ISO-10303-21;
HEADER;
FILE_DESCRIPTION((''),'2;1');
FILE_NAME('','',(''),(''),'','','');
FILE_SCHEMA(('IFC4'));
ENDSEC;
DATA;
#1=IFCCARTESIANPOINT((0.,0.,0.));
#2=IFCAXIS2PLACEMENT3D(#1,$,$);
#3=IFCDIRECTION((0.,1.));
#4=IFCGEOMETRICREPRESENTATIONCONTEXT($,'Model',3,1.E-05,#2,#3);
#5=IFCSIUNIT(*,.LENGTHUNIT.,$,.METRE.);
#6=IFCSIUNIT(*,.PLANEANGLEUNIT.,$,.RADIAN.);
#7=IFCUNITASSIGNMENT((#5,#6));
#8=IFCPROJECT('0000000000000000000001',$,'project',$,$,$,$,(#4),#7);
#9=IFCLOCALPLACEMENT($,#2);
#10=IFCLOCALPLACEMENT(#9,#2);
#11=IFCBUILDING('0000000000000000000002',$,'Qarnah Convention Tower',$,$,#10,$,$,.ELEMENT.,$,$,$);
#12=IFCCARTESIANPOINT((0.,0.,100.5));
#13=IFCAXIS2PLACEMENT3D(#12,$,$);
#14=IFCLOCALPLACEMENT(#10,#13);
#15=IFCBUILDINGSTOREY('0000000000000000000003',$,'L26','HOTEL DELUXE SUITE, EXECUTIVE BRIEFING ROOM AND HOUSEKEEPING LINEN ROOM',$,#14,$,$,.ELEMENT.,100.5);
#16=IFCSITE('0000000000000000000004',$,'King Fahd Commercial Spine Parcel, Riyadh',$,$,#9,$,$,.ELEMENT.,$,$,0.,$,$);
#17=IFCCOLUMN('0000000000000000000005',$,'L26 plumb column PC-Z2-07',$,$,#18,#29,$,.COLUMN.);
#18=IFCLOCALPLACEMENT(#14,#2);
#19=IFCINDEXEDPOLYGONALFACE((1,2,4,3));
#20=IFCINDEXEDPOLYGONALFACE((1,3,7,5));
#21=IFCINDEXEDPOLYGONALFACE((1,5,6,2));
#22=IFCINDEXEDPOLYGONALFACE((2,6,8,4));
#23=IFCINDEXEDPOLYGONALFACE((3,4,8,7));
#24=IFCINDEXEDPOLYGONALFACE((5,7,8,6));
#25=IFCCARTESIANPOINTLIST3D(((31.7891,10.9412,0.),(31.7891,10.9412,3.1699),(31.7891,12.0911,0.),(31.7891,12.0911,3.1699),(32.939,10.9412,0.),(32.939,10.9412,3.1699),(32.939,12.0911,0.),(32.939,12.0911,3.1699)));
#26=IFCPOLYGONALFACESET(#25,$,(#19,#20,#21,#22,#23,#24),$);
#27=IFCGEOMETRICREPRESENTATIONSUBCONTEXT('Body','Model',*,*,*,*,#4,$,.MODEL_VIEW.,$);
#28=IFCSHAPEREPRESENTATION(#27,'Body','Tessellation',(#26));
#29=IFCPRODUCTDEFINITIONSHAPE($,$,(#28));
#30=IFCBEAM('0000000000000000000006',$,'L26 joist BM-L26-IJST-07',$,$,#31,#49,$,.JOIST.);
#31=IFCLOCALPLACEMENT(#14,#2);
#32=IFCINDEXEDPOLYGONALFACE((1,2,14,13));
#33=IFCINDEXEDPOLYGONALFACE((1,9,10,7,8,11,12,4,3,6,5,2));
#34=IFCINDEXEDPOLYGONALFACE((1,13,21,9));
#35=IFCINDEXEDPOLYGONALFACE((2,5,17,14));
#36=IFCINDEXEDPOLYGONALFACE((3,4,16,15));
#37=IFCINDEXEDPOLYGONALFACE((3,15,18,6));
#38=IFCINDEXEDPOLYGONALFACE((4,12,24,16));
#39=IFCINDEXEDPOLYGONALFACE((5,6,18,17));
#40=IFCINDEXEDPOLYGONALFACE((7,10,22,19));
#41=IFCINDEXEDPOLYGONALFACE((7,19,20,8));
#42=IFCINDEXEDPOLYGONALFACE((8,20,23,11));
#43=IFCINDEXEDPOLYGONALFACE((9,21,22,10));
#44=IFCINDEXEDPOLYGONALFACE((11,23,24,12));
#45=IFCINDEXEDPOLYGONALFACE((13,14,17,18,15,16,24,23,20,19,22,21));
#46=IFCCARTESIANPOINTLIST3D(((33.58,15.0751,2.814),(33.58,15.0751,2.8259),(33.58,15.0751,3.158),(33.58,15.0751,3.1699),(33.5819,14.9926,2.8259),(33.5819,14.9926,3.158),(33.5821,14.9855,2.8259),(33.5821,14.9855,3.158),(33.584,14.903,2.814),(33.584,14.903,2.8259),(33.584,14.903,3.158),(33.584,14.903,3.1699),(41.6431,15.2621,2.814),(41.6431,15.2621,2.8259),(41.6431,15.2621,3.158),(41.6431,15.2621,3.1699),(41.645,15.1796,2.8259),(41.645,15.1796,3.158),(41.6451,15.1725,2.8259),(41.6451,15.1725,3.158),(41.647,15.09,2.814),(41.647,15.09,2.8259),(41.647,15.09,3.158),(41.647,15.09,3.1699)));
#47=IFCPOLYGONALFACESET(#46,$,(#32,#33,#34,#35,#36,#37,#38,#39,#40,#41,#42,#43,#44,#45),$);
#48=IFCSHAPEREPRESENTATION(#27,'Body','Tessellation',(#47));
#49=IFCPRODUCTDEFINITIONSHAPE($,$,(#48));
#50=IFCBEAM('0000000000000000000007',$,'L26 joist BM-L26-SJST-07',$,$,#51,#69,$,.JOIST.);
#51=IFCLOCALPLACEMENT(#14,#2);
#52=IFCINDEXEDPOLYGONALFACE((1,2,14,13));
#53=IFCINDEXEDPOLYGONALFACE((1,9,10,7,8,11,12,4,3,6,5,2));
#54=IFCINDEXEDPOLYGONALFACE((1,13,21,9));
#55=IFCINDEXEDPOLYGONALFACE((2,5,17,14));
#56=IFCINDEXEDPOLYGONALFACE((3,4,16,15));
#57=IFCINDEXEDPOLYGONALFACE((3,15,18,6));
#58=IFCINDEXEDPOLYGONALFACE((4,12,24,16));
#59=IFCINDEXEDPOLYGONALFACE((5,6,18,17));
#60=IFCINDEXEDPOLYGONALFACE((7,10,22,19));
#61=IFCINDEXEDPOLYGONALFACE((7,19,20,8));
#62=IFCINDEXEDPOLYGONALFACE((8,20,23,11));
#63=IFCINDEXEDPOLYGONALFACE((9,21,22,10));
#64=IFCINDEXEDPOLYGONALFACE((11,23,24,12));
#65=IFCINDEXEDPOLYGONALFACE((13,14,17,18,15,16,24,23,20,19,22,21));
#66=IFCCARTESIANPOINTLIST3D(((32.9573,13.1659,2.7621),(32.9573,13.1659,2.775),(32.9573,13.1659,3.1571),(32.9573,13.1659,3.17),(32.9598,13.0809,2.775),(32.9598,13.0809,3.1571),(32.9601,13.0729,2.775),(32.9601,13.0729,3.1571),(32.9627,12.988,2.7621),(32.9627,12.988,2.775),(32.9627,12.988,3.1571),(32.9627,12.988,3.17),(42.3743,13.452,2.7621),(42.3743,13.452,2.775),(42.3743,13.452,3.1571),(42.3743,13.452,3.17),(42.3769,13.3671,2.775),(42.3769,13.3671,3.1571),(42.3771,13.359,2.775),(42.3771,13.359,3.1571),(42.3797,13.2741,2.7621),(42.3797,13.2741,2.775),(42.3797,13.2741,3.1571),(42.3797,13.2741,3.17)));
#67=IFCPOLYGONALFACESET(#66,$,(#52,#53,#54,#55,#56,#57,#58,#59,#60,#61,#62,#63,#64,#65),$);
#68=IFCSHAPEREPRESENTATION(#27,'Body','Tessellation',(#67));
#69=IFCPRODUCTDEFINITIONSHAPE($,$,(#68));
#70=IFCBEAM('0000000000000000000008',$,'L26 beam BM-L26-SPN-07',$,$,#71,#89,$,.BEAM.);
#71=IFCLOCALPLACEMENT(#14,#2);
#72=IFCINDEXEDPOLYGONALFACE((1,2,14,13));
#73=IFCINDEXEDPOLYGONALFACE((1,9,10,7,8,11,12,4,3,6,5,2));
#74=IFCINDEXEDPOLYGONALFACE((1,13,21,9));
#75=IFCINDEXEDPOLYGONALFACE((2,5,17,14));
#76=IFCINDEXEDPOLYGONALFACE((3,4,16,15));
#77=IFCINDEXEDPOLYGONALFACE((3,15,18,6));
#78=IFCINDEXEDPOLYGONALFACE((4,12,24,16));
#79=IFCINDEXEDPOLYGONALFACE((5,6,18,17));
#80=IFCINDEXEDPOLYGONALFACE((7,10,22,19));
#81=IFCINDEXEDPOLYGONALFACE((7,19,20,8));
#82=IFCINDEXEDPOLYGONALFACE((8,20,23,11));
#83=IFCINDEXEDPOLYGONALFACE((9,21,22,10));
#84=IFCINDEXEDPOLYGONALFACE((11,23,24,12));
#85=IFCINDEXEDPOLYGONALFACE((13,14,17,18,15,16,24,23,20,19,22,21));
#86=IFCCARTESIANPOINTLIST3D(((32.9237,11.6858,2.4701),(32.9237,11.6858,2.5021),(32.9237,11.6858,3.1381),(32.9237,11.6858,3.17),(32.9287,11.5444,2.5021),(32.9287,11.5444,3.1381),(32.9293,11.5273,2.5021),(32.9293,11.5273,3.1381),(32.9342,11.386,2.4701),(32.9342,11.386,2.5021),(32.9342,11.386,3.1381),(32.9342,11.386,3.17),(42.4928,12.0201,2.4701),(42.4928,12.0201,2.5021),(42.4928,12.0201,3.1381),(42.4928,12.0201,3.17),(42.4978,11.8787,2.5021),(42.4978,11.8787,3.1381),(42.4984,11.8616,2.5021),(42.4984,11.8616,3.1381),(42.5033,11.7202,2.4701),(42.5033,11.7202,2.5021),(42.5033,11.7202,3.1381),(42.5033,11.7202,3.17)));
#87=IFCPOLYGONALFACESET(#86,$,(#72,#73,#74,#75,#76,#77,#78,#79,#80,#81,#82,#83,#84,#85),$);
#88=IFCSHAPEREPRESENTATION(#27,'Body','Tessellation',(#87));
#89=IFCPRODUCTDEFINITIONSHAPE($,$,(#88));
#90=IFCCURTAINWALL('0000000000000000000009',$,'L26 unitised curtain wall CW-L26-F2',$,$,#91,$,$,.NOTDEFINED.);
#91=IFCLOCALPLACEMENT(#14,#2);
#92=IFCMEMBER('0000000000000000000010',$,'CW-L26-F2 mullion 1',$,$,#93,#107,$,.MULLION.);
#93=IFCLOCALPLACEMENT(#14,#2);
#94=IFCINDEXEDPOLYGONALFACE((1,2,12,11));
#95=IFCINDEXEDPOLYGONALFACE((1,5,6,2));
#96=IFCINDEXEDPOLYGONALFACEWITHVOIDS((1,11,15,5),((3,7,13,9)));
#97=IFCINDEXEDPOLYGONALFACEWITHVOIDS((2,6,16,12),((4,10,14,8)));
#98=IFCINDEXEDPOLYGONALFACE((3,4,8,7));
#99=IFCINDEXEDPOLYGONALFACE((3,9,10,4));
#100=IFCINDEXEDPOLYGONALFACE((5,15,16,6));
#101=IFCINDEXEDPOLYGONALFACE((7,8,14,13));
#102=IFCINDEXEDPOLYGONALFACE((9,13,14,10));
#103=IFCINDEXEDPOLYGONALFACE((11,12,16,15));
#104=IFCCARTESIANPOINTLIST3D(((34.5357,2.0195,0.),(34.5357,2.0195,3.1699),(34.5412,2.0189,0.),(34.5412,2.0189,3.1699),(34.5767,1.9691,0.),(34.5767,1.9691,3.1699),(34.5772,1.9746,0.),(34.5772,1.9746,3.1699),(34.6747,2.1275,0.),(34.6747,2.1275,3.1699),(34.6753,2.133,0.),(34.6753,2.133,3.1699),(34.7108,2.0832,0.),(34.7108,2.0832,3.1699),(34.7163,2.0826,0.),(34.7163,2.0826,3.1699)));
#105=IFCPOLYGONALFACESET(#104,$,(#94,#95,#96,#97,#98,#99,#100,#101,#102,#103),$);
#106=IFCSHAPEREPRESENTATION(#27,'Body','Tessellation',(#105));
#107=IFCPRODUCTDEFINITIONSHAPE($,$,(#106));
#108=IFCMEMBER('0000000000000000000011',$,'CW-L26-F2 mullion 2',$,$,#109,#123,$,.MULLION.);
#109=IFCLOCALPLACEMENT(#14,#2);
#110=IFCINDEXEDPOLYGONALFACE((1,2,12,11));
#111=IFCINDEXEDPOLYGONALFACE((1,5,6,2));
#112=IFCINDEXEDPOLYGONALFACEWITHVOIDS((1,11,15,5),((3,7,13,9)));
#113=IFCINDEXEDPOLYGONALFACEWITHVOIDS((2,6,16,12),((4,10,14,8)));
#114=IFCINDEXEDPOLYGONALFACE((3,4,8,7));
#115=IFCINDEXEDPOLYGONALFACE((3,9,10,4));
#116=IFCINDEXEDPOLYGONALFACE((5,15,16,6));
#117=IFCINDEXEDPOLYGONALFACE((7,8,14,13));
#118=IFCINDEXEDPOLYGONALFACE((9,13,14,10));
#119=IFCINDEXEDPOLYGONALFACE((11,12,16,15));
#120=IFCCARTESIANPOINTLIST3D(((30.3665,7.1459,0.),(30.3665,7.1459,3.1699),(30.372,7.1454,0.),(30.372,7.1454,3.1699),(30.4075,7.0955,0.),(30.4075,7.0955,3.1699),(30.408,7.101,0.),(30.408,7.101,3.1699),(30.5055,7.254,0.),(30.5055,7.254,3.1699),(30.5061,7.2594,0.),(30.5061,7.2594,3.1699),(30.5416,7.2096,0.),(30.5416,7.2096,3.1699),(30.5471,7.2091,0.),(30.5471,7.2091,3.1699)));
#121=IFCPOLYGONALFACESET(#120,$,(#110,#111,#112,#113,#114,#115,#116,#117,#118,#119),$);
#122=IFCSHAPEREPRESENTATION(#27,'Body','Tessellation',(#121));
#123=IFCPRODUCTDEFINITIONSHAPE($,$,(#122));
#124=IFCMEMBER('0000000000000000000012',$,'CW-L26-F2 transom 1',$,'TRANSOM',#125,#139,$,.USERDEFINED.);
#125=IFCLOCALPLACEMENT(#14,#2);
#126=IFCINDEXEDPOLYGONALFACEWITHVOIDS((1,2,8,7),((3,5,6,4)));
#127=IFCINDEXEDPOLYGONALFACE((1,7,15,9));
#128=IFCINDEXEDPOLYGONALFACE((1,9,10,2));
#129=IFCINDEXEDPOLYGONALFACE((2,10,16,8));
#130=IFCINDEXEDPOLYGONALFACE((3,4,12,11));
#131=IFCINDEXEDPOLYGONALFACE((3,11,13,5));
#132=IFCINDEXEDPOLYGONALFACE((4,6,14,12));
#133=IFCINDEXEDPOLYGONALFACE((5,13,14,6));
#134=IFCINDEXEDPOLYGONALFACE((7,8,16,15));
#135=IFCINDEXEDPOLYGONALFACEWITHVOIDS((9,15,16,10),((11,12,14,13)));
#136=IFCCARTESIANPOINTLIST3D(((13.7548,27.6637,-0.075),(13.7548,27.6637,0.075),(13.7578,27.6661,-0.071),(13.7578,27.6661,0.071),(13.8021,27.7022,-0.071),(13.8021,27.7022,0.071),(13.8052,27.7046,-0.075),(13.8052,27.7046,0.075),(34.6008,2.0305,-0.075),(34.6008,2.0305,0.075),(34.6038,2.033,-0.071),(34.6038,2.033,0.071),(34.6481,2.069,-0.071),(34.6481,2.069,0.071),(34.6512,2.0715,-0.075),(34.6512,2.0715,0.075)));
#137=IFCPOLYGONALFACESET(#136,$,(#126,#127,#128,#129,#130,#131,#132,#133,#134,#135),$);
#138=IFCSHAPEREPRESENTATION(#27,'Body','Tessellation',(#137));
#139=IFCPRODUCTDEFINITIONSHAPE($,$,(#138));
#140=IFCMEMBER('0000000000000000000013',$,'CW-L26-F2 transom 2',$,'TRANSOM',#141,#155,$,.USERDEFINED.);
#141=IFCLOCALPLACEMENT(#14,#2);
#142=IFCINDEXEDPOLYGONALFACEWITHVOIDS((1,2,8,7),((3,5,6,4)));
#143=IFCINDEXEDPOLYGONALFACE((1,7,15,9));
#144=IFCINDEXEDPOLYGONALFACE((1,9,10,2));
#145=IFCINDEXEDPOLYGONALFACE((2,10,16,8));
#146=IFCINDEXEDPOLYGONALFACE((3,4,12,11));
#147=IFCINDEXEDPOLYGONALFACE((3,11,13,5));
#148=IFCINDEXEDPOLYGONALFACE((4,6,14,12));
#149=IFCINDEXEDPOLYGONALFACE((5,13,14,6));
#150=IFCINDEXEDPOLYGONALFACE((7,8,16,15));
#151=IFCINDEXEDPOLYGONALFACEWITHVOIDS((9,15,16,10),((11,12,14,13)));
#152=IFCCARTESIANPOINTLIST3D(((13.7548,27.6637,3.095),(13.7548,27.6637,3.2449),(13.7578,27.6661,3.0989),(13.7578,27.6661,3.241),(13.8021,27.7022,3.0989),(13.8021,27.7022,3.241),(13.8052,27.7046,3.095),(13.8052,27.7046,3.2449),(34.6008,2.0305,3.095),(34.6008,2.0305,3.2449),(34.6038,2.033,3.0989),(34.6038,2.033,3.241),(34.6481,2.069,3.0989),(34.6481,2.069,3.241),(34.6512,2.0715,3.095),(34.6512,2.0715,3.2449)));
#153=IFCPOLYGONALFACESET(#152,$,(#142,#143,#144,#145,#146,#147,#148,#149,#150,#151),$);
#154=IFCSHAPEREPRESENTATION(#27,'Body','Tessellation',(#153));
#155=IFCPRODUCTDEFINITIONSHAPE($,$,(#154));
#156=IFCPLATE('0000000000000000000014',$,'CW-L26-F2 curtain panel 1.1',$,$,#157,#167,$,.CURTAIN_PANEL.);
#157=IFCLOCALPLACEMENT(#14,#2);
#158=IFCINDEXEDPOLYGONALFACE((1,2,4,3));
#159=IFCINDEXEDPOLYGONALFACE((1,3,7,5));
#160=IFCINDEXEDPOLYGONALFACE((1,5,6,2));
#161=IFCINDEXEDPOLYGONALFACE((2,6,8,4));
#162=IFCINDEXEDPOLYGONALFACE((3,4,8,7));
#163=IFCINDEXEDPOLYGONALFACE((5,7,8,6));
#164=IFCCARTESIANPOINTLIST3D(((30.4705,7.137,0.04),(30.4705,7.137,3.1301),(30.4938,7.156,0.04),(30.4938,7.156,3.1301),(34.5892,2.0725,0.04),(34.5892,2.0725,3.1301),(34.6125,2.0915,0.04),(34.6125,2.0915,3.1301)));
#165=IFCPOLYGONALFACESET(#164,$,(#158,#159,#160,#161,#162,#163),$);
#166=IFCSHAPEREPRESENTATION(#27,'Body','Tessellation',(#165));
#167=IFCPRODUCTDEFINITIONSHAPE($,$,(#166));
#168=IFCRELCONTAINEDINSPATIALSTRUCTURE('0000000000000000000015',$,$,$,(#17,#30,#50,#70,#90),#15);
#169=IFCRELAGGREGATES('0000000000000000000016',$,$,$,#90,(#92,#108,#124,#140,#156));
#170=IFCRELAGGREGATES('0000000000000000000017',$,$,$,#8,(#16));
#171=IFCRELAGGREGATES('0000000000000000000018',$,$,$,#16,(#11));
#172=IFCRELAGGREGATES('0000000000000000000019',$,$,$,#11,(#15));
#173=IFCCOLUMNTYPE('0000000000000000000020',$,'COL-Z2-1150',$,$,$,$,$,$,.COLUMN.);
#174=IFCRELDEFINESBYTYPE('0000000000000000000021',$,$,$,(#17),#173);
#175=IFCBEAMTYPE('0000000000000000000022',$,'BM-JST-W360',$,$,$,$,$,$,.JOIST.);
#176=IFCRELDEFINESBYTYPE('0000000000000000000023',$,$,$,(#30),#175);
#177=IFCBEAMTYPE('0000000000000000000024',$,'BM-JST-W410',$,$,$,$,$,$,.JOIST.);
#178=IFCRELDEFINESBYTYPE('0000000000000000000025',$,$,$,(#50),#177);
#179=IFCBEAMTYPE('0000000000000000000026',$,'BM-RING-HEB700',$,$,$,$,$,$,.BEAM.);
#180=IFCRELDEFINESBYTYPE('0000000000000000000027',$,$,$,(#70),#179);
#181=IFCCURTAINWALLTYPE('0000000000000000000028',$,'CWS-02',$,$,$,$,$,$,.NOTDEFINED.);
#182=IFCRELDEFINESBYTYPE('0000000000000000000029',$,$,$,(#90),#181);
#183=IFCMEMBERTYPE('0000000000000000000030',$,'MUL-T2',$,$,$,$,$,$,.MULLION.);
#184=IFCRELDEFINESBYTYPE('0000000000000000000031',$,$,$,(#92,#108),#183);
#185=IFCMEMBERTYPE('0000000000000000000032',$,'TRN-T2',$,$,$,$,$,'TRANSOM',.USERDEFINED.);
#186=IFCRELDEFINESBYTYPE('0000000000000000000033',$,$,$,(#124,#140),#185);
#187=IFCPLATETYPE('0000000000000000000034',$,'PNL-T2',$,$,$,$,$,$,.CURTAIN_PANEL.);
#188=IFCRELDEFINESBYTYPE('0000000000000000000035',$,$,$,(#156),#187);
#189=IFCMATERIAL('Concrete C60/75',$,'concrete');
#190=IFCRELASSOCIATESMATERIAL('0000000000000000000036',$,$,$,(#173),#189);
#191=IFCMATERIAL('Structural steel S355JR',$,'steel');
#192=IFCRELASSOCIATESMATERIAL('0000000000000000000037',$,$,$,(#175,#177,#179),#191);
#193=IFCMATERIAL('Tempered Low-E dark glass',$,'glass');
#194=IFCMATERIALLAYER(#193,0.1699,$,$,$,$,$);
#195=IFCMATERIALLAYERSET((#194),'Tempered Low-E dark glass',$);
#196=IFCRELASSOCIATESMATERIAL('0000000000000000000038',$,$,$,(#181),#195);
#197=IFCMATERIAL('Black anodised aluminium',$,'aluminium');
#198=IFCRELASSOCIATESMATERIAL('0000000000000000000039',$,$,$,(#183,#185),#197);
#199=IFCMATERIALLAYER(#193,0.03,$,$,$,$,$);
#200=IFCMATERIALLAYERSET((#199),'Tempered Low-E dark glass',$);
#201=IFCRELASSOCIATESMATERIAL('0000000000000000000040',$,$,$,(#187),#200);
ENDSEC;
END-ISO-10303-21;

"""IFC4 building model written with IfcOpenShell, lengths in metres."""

from ifc_helpers import new_model, si_unit, direction, frame, origin, origin_2d, place, context, subcontext, project, spatial, rectangle, hollow_rectangle, i_section, extrude, material, layer, layer_set, material_profile, profile_set, type_object, element, aggregate, save


model = new_model("IFC4")

# Units and contexts
model_context = context("Model", 3, precision=1e-05, world=origin(), true_north=direction((0.0, 1.0)))
body_context = subcontext(model_context, "Body", "Model", "MODEL_VIEW")
ifc_project = project(units=[si_unit("LENGTHUNIT", "METRE"), si_unit("PLANEANGLEUNIT", "RADIAN")], contexts=[model_context])

# Site, building, storey
site_placement = place(None, origin())
site = spatial("IfcSite", under=ifc_project, at=site_placement, Name="King Fahd Commercial Spine Parcel, Riyadh", CompositionType="ELEMENT", RefElevation=0.0)
building_placement = place(site_placement, origin())
building = spatial("IfcBuilding", under=site, at=building_placement, Name="Qarnah Convention Tower", CompositionType="ELEMENT")
storey_placement = place(building_placement, frame((0.0, 0.0, 100.5)))
storey = spatial("IfcBuildingStorey", under=building, at=storey_placement, Name="L26", Description="HOTEL DELUXE SUITE, EXECUTIVE BRIEFING ROOM AND HOUSEKEEPING LINEN ROOM", CompositionType="ELEMENT", Elevation=100.5)

# Column
ifc_material_1 = material(Name="Concrete C60/75", Category="concrete")
ifc_material_profile_1 = material_profile(ifc_material_1, rectangle(XDim=1.1499, YDim=1.1499, at=origin_2d()), Name="RC-COL-1150X1150")
ifc_profile_set_1 = profile_set([ifc_material_profile_1], Name="Concrete C60/75")
column_type = type_object("IfcColumnType", Name="COL-Z2-1150", PredefinedType="COLUMN", material=ifc_profile_set_1)
column_placement = place(storey_placement, frame((32.364, 11.5161, 0.0), z_axis=(0.0, 0.0, 1.0), x_axis=(1.0, 0.0, 0.0)))
element("IfcColumn", 1, at=column_placement, inside=storey, type_object=column_type, Name="L26 plumb column PC-Z2-07", PredefinedType="COLUMN", context=body_context, shape_type="SweptSolid", body=[
    extrude(rectangle(XDim=1.1499, YDim=1.1499, at=origin_2d()), origin(), (0.0, 0.0, 1.0), 3.1699),
])

# Beams
ifc_material_2 = material(Name="Structural steel S355JR", Category="steel")
ifc_material_profile_2 = material_profile(ifc_material_2, i_section(OverallWidth=0.1721, OverallDepth=0.356, WebThickness=0.0071, FlangeThickness=0.012, at=origin_2d()), Name="W360X51")
ifc_profile_set_2 = profile_set([ifc_material_profile_2], Name="Structural steel S355JR")
beam_type_1 = type_object("IfcBeamType", Name="BM-JST-W360", PredefinedType="JOIST", material=ifc_profile_set_2)
beam_1_placement = place(storey_placement, frame((33.582, 14.989, 2.9919), z_axis=(0.999731, 0.023188, 0.0), x_axis=(-0.023188, 0.999731, 0.0)))
element("IfcBeam", 2, at=beam_1_placement, inside=storey, type_object=beam_type_1, Name="L26 joist BM-L26-IJST-07", PredefinedType="JOIST", context=body_context, shape_type="SweptSolid", body=[
    extrude(i_section(OverallWidth=0.1721, OverallDepth=0.356, WebThickness=0.0071, FlangeThickness=0.012, at=origin_2d()), origin(), (0.0, 0.0, 1.0), 8.0652),
])
ifc_material_profile_3 = material_profile(ifc_material_2, i_section(OverallWidth=0.178, OverallDepth=0.408, WebThickness=0.0081, FlangeThickness=0.0129, at=origin_2d()), Name="W410X60")
ifc_profile_set_3 = profile_set([ifc_material_profile_3], Name="Structural steel S355JR")
beam_type_2 = type_object("IfcBeamType", Name="BM-JST-W410", PredefinedType="JOIST", material=ifc_profile_set_3)
beam_2_placement = place(storey_placement, frame((32.96, 13.0769, 2.9661), z_axis=(0.999539, 0.030371, 0.0), x_axis=(-0.030371, 0.999539, 0.0)))
element("IfcBeam", 3, at=beam_2_placement, inside=storey, type_object=beam_type_2, Name="L26 joist BM-L26-SJST-07", PredefinedType="JOIST", context=body_context, shape_type="SweptSolid", body=[
    extrude(i_section(OverallWidth=0.178, OverallDepth=0.408, WebThickness=0.0081, FlangeThickness=0.0129, at=origin_2d()), origin(), (0.0, 0.0, 1.0), 9.4214),
])
ifc_material_profile_4 = material_profile(ifc_material_2, i_section(OverallWidth=0.3, OverallDepth=0.7, WebThickness=0.0171, FlangeThickness=0.032, at=origin_2d()), Name="HEB700")
ifc_profile_set_4 = profile_set([ifc_material_profile_4], Name="Structural steel S355JR")
beam_type_3 = type_object("IfcBeamType", Name="BM-RING-HEB700", PredefinedType="BEAM", material=ifc_profile_set_4)
beam_3_placement = place(storey_placement, frame((32.929, 11.5359, 2.8201), z_axis=(0.999391, 0.034907, 0.0), x_axis=(-0.034907, 0.999391, 0.0)))
element("IfcBeam", 4, at=beam_3_placement, inside=storey, type_object=beam_type_3, Name="L26 beam BM-L26-SPN-07", PredefinedType="BEAM", context=body_context, shape_type="SweptSolid", body=[
    extrude(i_section(OverallWidth=0.3, OverallDepth=0.7, WebThickness=0.0171, FlangeThickness=0.032, at=origin_2d()), origin(), (0.0, 0.0, 1.0), 9.575),
])

# Curtain wall, members, plate
ifc_material_3 = material(Name="Tempered Low-E dark glass", Category="glass")
ifc_layer_1 = layer(ifc_material_3, 0.1699)
ifc_layer_set_1 = layer_set([ifc_layer_1], Name="Tempered Low-E dark glass")
curtain_wall_type = type_object("IfcCurtainWallType", Name="CWS-02", PredefinedType="NOTDEFINED", material=ifc_layer_set_1)
curtain_wall_placement = place(storey_placement, origin())
curtain_wall = element("IfcCurtainWall", 5, at=curtain_wall_placement, inside=storey, type_object=curtain_wall_type, Name="L26 unitised curtain wall CW-L26-F2", PredefinedType="NOTDEFINED")
ifc_material_4 = material(Name="Black anodised aluminium", Category="aluminium")
ifc_material_profile_5 = material_profile(ifc_material_4, hollow_rectangle(XDim=0.0649, YDim=0.1799, WallThickness=0.0039, at=origin_2d()), Name="MUL-65X180")
ifc_profile_set_5 = profile_set([ifc_material_profile_5], Name="Black anodised aluminium")
member_type_1 = type_object("IfcMemberType", Name="MUL-T2", PredefinedType="MULLION", material=ifc_profile_set_5)
member_1_placement = place(storey_placement, frame((34.626, 2.051, 0.0), z_axis=(0.0, 0.0, 1.0), x_axis=(-0.630942, 0.77583, 0.0)))
member_1 = element("IfcMember", 6, at=member_1_placement, type_object=member_type_1, Name="CW-L26-F2 mullion 1", PredefinedType="MULLION", context=body_context, shape_type="SweptSolid", body=[
    extrude(hollow_rectangle(XDim=0.0649, YDim=0.1799, WallThickness=0.0039, at=origin_2d()), origin(), (0.0, 0.0, 1.0), 3.1699),
])
member_2_placement = place(storey_placement, frame((30.4568, 7.1775, 0.0), z_axis=(0.0, 0.0, 1.0), x_axis=(-0.630942, 0.77583, 0.0)))
member_2 = element("IfcMember", 7, at=member_2_placement, type_object=member_type_1, Name="CW-L26-F2 mullion 2", PredefinedType="MULLION", context=body_context, shape_type="SweptSolid", body=[
    extrude(hollow_rectangle(XDim=0.0649, YDim=0.1799, WallThickness=0.0039, at=origin_2d()), origin(), (0.0, 0.0, 1.0), 3.1699),
])
ifc_material_profile_6 = material_profile(ifc_material_4, hollow_rectangle(XDim=0.0649, YDim=0.1499, WallThickness=0.0039, at=origin_2d()), Name="TRN-65X150")
ifc_profile_set_6 = profile_set([ifc_material_profile_6], Name="Black anodised aluminium")
member_type_2 = type_object("IfcMemberType", Name="TRN-T2", ElementType="TRANSOM", PredefinedType="USERDEFINED", material=ifc_profile_set_6)
member_3_placement = place(storey_placement, frame((34.626, 2.051, 0.0), z_axis=(-0.630941, 0.775831, 0.0), x_axis=(-0.775831, -0.630941, 0.0)))
member_3 = element("IfcMember", 8, at=member_3_placement, type_object=member_type_2, Name="CW-L26-F2 transom 1", ObjectType="TRANSOM", PredefinedType="USERDEFINED", context=body_context, shape_type="SweptSolid", body=[
    extrude(hollow_rectangle(XDim=0.0649, YDim=0.1499, WallThickness=0.0039, at=origin_2d()), origin(), (0.0, 0.0, 1.0), 33.0396),
])
member_4_placement = place(storey_placement, frame((34.626, 2.051, 3.1699), z_axis=(-0.630941, 0.775831, 0.0), x_axis=(-0.775831, -0.630941, 0.0)))
member_4 = element("IfcMember", 9, at=member_4_placement, type_object=member_type_2, Name="CW-L26-F2 transom 2", ObjectType="TRANSOM", PredefinedType="USERDEFINED", context=body_context, shape_type="SweptSolid", body=[
    extrude(hollow_rectangle(XDim=0.0649, YDim=0.1499, WallThickness=0.0039, at=origin_2d()), origin(), (0.0, 0.0, 1.0), 33.0396),
])
ifc_layer_2 = layer(ifc_material_3, 0.03)
ifc_layer_set_2 = layer_set([ifc_layer_2], Name="Tempered Low-E dark glass")
plate_type = type_object("IfcPlateType", Name="PNL-T2", PredefinedType="CURTAIN_PANEL", material=ifc_layer_set_2)
plate_placement = place(storey_placement, frame((32.5415, 4.6143, 0.04), z_axis=(0.0, 0.0, 1.0), x_axis=(-0.630942, 0.77583, 0.0)))
plate = element("IfcPlate", 10, at=plate_placement, type_object=plate_type, Name="CW-L26-F2 curtain panel 1.1", PredefinedType="CURTAIN_PANEL", context=body_context, shape_type="SweptSolid", body=[
    extrude(rectangle(XDim=6.5278, YDim=0.03, at=origin_2d()), origin(), (0.0, 0.0, 1.0), 3.0901),
])
aggregate(curtain_wall, [member_1, member_2, member_3, member_4, plate])

save(model, "model.ifc")
